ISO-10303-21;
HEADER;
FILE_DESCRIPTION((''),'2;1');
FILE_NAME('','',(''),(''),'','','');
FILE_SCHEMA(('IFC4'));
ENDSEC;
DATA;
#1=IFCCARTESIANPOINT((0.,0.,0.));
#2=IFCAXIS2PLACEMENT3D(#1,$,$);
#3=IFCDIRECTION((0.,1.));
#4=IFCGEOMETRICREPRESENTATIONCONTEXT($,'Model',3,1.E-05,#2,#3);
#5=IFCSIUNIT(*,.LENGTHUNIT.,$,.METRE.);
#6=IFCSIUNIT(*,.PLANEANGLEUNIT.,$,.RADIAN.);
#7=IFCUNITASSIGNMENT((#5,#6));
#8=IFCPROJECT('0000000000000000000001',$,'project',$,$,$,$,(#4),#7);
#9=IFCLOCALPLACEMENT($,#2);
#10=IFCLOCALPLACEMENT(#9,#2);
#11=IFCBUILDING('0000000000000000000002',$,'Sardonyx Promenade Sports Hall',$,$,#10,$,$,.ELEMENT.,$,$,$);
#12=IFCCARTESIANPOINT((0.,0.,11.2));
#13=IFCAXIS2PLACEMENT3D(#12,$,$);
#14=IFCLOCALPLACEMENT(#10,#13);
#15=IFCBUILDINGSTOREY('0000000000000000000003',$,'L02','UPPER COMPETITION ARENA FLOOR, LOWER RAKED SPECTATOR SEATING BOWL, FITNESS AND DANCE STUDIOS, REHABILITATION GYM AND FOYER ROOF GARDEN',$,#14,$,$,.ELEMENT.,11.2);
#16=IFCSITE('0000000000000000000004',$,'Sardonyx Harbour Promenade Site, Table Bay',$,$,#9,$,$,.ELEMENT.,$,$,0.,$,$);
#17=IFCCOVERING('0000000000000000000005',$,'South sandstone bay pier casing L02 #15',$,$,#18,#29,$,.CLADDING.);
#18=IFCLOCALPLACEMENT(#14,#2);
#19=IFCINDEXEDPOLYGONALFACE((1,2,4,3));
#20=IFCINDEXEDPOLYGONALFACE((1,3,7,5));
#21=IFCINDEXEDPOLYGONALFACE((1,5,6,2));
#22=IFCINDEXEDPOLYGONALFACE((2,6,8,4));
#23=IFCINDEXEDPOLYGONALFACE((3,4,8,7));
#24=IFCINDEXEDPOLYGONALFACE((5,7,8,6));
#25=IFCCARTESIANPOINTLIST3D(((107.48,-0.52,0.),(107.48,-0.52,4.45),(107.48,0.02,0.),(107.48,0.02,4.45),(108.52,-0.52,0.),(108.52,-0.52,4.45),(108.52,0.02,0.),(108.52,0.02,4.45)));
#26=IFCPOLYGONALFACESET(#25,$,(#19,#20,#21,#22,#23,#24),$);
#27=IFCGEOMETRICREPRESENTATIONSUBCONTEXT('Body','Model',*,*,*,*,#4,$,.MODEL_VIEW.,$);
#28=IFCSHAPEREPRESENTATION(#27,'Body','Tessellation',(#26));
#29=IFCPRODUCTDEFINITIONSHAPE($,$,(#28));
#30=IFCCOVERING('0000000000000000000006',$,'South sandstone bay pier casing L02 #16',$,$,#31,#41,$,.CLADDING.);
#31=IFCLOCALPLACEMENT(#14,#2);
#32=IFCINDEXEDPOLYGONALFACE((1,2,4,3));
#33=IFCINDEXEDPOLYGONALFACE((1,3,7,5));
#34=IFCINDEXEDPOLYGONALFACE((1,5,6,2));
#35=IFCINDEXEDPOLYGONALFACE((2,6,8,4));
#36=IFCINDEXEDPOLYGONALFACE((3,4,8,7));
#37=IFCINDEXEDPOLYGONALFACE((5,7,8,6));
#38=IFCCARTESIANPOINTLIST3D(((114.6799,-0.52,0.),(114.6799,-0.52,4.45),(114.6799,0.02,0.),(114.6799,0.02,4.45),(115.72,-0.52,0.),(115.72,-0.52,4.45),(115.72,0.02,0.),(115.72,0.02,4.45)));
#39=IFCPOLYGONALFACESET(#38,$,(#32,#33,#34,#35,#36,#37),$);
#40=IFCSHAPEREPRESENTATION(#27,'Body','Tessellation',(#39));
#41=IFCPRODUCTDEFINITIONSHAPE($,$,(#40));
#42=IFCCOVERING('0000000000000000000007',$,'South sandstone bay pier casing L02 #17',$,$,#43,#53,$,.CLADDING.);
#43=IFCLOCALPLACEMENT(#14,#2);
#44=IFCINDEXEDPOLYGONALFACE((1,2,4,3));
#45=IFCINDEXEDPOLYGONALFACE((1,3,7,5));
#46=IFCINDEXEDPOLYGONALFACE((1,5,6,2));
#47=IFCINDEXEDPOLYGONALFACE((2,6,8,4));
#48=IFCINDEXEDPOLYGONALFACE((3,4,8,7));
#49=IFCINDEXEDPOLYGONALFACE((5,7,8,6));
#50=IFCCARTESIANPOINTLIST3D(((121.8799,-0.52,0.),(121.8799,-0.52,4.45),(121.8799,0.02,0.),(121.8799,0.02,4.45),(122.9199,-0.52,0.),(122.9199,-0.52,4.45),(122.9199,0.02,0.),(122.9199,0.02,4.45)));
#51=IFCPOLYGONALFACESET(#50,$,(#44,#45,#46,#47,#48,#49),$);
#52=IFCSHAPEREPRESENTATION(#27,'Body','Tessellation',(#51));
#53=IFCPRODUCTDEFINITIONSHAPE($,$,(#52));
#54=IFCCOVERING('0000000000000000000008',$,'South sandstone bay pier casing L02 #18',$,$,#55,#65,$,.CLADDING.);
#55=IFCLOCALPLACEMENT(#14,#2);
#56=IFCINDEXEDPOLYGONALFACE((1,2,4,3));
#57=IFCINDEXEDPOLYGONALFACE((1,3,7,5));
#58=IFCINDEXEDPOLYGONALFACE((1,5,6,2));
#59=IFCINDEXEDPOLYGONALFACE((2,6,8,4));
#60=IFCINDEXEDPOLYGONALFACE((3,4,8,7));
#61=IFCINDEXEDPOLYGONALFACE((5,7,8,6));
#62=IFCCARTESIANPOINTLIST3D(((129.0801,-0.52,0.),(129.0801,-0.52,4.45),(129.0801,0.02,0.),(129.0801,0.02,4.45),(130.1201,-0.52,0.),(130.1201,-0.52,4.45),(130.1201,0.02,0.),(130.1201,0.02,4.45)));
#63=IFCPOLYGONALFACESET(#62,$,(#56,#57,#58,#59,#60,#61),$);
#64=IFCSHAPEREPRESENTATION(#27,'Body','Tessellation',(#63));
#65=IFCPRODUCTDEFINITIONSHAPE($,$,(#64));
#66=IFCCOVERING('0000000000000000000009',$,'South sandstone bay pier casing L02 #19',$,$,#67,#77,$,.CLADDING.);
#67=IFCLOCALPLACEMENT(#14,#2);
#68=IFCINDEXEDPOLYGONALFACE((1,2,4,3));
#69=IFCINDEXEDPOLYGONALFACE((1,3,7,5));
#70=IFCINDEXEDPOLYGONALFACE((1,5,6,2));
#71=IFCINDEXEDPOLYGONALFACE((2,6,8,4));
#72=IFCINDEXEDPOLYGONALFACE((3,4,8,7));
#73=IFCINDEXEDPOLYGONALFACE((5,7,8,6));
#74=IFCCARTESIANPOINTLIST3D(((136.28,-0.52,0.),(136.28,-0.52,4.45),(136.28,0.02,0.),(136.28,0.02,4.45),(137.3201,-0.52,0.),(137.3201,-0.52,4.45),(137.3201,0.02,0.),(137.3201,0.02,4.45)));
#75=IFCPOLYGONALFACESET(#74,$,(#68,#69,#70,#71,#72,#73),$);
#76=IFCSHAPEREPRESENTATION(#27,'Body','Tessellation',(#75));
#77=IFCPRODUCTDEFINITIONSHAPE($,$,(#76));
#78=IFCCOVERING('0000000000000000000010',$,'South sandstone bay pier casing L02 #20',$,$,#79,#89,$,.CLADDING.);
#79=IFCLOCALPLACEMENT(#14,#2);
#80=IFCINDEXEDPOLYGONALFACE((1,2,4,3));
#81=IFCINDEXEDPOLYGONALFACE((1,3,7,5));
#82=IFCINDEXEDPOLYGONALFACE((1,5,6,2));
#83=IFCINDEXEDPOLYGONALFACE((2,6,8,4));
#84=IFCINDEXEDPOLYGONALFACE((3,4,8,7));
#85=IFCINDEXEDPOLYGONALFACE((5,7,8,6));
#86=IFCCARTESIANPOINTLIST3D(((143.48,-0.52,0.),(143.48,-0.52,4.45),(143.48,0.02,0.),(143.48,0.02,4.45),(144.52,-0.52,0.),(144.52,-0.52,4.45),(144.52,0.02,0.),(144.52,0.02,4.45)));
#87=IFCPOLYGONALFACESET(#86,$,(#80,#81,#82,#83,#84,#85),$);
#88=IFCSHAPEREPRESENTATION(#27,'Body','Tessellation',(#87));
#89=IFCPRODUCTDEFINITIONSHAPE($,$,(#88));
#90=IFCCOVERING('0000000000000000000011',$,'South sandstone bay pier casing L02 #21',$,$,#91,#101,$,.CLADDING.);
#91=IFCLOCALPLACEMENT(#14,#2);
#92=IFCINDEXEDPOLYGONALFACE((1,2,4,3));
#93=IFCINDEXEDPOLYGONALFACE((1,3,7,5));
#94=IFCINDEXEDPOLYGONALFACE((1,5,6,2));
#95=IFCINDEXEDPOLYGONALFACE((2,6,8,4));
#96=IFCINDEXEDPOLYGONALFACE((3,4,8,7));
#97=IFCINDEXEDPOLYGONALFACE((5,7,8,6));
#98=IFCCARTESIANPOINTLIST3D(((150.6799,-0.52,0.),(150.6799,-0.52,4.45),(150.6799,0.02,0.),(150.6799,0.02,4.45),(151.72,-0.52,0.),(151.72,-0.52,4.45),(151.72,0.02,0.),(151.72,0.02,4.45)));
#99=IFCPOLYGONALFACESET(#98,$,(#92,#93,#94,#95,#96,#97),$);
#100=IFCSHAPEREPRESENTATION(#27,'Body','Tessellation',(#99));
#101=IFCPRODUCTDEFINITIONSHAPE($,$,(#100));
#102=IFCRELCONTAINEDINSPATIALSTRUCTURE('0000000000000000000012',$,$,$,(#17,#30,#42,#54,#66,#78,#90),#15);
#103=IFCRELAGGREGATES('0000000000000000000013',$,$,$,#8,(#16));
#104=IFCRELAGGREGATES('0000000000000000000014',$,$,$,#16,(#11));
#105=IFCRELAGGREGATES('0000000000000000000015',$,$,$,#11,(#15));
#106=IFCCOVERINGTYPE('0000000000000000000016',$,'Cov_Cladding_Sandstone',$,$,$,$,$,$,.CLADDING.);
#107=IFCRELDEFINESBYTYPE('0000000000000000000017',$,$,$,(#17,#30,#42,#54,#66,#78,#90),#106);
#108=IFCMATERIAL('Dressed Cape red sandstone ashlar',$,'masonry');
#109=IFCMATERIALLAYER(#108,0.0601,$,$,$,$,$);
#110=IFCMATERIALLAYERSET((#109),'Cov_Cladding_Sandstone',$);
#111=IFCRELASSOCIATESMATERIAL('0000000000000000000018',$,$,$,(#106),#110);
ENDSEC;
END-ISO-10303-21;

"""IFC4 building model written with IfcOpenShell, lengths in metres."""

from ifc_helpers import new_model, si_unit, direction, frame, origin, place, context, subcontext, project, spatial, polyline, outline, extrude, material, layer, layer_set, type_object, element, save


model = new_model("IFC4")

# Units and contexts
model_context = context("Model", 3, precision=1e-05, world=origin(), true_north=direction((0.0, 1.0)))
body_context = subcontext(model_context, "Body", "Model", "MODEL_VIEW")
ifc_project = project(units=[si_unit("LENGTHUNIT", "METRE"), si_unit("PLANEANGLEUNIT", "RADIAN")], contexts=[model_context])

# Site, building, storey
site_placement = place(None, origin())
site = spatial("IfcSite", under=ifc_project, at=site_placement, Name="Sardonyx Harbour Promenade Site, Table Bay", CompositionType="ELEMENT", RefElevation=0.0)
building_placement = place(site_placement, origin())
building = spatial("IfcBuilding", under=site, at=building_placement, Name="Sardonyx Promenade Sports Hall", CompositionType="ELEMENT")
storey_placement = place(building_placement, frame((0.0, 0.0, 11.2)))
storey = spatial("IfcBuildingStorey", under=building, at=storey_placement, Name="L02", Description="UPPER COMPETITION ARENA FLOOR, LOWER RAKED SPECTATOR SEATING BOWL, FITNESS AND DANCE STUDIOS, REHABILITATION GYM AND FOYER ROOF GARDEN", CompositionType="ELEMENT", Elevation=11.2)

# Coverings
ifc_material_1 = material(Name="Dressed Cape red sandstone ashlar", Category="masonry")
ifc_layer_1 = layer(ifc_material_1, 0.0601)
ifc_layer_set_1 = layer_set([ifc_layer_1], Name="Cov_Cladding_Sandstone")
covering_type_1 = type_object("IfcCoveringType", Name="Cov_Cladding_Sandstone", PredefinedType="CLADDING", material=ifc_layer_set_1)
covering_1_placement = place(storey_placement, origin())
element("IfcCovering", 1, at=covering_1_placement, inside=storey, type_object=covering_type_1, Name="South sandstone bay pier casing L02 #15", PredefinedType="CLADDING", context=body_context, shape_type="SweptSolid", body=[
    extrude(outline(polyline([(107.48, -0.52), (108.52, -0.52), (108.52, 0.02), (107.48, 0.02), (107.48, -0.52)])), origin(), (0.0, 0.0, 1.0), 4.45),
])
covering_2_placement = place(storey_placement, origin())
element("IfcCovering", 2, at=covering_2_placement, inside=storey, type_object=covering_type_1, Name="South sandstone bay pier casing L02 #16", PredefinedType="CLADDING", context=body_context, shape_type="SweptSolid", body=[
    extrude(outline(polyline([(114.6799, -0.52), (115.72, -0.52), (115.72, 0.02), (114.6799, 0.02), (114.6799, -0.52)])), origin(), (0.0, 0.0, 1.0), 4.45),
])
covering_3_placement = place(storey_placement, origin())
element("IfcCovering", 3, at=covering_3_placement, inside=storey, type_object=covering_type_1, Name="South sandstone bay pier casing L02 #17", PredefinedType="CLADDING", context=body_context, shape_type="SweptSolid", body=[
    extrude(outline(polyline([(121.8799, -0.52), (122.9199, -0.52), (122.9199, 0.02), (121.8799, 0.02), (121.8799, -0.52)])), origin(), (0.0, 0.0, 1.0), 4.45),
])
covering_4_placement = place(storey_placement, origin())
element("IfcCovering", 4, at=covering_4_placement, inside=storey, type_object=covering_type_1, Name="South sandstone bay pier casing L02 #18", PredefinedType="CLADDING", context=body_context, shape_type="SweptSolid", body=[
    extrude(outline(polyline([(129.0801, -0.52), (130.1201, -0.52), (130.1201, 0.02), (129.0801, 0.02), (129.0801, -0.52)])), origin(), (0.0, 0.0, 1.0), 4.45),
])
covering_5_placement = place(storey_placement, origin())
element("IfcCovering", 5, at=covering_5_placement, inside=storey, type_object=covering_type_1, Name="South sandstone bay pier casing L02 #19", PredefinedType="CLADDING", context=body_context, shape_type="SweptSolid", body=[
    extrude(outline(polyline([(136.28, -0.52), (137.3201, -0.52), (137.3201, 0.02), (136.28, 0.02), (136.28, -0.52)])), origin(), (0.0, 0.0, 1.0), 4.45),
])
covering_6_placement = place(storey_placement, origin())
element("IfcCovering", 6, at=covering_6_placement, inside=storey, type_object=covering_type_1, Name="South sandstone bay pier casing L02 #20", PredefinedType="CLADDING", context=body_context, shape_type="SweptSolid", body=[
    extrude(outline(polyline([(143.48, -0.52), (144.52, -0.52), (144.52, 0.02), (143.48, 0.02), (143.48, -0.52)])), origin(), (0.0, 0.0, 1.0), 4.45),
])
covering_7_placement = place(storey_placement, origin())
element("IfcCovering", 7, at=covering_7_placement, inside=storey, type_object=covering_type_1, Name="South sandstone bay pier casing L02 #21", PredefinedType="CLADDING", context=body_context, shape_type="SweptSolid", body=[
    extrude(outline(polyline([(150.6799, -0.52), (151.72, -0.52), (151.72, 0.02), (150.6799, 0.02), (150.6799, -0.52)])), origin(), (0.0, 0.0, 1.0), 4.45),
])

save(model, "model.ifc")
